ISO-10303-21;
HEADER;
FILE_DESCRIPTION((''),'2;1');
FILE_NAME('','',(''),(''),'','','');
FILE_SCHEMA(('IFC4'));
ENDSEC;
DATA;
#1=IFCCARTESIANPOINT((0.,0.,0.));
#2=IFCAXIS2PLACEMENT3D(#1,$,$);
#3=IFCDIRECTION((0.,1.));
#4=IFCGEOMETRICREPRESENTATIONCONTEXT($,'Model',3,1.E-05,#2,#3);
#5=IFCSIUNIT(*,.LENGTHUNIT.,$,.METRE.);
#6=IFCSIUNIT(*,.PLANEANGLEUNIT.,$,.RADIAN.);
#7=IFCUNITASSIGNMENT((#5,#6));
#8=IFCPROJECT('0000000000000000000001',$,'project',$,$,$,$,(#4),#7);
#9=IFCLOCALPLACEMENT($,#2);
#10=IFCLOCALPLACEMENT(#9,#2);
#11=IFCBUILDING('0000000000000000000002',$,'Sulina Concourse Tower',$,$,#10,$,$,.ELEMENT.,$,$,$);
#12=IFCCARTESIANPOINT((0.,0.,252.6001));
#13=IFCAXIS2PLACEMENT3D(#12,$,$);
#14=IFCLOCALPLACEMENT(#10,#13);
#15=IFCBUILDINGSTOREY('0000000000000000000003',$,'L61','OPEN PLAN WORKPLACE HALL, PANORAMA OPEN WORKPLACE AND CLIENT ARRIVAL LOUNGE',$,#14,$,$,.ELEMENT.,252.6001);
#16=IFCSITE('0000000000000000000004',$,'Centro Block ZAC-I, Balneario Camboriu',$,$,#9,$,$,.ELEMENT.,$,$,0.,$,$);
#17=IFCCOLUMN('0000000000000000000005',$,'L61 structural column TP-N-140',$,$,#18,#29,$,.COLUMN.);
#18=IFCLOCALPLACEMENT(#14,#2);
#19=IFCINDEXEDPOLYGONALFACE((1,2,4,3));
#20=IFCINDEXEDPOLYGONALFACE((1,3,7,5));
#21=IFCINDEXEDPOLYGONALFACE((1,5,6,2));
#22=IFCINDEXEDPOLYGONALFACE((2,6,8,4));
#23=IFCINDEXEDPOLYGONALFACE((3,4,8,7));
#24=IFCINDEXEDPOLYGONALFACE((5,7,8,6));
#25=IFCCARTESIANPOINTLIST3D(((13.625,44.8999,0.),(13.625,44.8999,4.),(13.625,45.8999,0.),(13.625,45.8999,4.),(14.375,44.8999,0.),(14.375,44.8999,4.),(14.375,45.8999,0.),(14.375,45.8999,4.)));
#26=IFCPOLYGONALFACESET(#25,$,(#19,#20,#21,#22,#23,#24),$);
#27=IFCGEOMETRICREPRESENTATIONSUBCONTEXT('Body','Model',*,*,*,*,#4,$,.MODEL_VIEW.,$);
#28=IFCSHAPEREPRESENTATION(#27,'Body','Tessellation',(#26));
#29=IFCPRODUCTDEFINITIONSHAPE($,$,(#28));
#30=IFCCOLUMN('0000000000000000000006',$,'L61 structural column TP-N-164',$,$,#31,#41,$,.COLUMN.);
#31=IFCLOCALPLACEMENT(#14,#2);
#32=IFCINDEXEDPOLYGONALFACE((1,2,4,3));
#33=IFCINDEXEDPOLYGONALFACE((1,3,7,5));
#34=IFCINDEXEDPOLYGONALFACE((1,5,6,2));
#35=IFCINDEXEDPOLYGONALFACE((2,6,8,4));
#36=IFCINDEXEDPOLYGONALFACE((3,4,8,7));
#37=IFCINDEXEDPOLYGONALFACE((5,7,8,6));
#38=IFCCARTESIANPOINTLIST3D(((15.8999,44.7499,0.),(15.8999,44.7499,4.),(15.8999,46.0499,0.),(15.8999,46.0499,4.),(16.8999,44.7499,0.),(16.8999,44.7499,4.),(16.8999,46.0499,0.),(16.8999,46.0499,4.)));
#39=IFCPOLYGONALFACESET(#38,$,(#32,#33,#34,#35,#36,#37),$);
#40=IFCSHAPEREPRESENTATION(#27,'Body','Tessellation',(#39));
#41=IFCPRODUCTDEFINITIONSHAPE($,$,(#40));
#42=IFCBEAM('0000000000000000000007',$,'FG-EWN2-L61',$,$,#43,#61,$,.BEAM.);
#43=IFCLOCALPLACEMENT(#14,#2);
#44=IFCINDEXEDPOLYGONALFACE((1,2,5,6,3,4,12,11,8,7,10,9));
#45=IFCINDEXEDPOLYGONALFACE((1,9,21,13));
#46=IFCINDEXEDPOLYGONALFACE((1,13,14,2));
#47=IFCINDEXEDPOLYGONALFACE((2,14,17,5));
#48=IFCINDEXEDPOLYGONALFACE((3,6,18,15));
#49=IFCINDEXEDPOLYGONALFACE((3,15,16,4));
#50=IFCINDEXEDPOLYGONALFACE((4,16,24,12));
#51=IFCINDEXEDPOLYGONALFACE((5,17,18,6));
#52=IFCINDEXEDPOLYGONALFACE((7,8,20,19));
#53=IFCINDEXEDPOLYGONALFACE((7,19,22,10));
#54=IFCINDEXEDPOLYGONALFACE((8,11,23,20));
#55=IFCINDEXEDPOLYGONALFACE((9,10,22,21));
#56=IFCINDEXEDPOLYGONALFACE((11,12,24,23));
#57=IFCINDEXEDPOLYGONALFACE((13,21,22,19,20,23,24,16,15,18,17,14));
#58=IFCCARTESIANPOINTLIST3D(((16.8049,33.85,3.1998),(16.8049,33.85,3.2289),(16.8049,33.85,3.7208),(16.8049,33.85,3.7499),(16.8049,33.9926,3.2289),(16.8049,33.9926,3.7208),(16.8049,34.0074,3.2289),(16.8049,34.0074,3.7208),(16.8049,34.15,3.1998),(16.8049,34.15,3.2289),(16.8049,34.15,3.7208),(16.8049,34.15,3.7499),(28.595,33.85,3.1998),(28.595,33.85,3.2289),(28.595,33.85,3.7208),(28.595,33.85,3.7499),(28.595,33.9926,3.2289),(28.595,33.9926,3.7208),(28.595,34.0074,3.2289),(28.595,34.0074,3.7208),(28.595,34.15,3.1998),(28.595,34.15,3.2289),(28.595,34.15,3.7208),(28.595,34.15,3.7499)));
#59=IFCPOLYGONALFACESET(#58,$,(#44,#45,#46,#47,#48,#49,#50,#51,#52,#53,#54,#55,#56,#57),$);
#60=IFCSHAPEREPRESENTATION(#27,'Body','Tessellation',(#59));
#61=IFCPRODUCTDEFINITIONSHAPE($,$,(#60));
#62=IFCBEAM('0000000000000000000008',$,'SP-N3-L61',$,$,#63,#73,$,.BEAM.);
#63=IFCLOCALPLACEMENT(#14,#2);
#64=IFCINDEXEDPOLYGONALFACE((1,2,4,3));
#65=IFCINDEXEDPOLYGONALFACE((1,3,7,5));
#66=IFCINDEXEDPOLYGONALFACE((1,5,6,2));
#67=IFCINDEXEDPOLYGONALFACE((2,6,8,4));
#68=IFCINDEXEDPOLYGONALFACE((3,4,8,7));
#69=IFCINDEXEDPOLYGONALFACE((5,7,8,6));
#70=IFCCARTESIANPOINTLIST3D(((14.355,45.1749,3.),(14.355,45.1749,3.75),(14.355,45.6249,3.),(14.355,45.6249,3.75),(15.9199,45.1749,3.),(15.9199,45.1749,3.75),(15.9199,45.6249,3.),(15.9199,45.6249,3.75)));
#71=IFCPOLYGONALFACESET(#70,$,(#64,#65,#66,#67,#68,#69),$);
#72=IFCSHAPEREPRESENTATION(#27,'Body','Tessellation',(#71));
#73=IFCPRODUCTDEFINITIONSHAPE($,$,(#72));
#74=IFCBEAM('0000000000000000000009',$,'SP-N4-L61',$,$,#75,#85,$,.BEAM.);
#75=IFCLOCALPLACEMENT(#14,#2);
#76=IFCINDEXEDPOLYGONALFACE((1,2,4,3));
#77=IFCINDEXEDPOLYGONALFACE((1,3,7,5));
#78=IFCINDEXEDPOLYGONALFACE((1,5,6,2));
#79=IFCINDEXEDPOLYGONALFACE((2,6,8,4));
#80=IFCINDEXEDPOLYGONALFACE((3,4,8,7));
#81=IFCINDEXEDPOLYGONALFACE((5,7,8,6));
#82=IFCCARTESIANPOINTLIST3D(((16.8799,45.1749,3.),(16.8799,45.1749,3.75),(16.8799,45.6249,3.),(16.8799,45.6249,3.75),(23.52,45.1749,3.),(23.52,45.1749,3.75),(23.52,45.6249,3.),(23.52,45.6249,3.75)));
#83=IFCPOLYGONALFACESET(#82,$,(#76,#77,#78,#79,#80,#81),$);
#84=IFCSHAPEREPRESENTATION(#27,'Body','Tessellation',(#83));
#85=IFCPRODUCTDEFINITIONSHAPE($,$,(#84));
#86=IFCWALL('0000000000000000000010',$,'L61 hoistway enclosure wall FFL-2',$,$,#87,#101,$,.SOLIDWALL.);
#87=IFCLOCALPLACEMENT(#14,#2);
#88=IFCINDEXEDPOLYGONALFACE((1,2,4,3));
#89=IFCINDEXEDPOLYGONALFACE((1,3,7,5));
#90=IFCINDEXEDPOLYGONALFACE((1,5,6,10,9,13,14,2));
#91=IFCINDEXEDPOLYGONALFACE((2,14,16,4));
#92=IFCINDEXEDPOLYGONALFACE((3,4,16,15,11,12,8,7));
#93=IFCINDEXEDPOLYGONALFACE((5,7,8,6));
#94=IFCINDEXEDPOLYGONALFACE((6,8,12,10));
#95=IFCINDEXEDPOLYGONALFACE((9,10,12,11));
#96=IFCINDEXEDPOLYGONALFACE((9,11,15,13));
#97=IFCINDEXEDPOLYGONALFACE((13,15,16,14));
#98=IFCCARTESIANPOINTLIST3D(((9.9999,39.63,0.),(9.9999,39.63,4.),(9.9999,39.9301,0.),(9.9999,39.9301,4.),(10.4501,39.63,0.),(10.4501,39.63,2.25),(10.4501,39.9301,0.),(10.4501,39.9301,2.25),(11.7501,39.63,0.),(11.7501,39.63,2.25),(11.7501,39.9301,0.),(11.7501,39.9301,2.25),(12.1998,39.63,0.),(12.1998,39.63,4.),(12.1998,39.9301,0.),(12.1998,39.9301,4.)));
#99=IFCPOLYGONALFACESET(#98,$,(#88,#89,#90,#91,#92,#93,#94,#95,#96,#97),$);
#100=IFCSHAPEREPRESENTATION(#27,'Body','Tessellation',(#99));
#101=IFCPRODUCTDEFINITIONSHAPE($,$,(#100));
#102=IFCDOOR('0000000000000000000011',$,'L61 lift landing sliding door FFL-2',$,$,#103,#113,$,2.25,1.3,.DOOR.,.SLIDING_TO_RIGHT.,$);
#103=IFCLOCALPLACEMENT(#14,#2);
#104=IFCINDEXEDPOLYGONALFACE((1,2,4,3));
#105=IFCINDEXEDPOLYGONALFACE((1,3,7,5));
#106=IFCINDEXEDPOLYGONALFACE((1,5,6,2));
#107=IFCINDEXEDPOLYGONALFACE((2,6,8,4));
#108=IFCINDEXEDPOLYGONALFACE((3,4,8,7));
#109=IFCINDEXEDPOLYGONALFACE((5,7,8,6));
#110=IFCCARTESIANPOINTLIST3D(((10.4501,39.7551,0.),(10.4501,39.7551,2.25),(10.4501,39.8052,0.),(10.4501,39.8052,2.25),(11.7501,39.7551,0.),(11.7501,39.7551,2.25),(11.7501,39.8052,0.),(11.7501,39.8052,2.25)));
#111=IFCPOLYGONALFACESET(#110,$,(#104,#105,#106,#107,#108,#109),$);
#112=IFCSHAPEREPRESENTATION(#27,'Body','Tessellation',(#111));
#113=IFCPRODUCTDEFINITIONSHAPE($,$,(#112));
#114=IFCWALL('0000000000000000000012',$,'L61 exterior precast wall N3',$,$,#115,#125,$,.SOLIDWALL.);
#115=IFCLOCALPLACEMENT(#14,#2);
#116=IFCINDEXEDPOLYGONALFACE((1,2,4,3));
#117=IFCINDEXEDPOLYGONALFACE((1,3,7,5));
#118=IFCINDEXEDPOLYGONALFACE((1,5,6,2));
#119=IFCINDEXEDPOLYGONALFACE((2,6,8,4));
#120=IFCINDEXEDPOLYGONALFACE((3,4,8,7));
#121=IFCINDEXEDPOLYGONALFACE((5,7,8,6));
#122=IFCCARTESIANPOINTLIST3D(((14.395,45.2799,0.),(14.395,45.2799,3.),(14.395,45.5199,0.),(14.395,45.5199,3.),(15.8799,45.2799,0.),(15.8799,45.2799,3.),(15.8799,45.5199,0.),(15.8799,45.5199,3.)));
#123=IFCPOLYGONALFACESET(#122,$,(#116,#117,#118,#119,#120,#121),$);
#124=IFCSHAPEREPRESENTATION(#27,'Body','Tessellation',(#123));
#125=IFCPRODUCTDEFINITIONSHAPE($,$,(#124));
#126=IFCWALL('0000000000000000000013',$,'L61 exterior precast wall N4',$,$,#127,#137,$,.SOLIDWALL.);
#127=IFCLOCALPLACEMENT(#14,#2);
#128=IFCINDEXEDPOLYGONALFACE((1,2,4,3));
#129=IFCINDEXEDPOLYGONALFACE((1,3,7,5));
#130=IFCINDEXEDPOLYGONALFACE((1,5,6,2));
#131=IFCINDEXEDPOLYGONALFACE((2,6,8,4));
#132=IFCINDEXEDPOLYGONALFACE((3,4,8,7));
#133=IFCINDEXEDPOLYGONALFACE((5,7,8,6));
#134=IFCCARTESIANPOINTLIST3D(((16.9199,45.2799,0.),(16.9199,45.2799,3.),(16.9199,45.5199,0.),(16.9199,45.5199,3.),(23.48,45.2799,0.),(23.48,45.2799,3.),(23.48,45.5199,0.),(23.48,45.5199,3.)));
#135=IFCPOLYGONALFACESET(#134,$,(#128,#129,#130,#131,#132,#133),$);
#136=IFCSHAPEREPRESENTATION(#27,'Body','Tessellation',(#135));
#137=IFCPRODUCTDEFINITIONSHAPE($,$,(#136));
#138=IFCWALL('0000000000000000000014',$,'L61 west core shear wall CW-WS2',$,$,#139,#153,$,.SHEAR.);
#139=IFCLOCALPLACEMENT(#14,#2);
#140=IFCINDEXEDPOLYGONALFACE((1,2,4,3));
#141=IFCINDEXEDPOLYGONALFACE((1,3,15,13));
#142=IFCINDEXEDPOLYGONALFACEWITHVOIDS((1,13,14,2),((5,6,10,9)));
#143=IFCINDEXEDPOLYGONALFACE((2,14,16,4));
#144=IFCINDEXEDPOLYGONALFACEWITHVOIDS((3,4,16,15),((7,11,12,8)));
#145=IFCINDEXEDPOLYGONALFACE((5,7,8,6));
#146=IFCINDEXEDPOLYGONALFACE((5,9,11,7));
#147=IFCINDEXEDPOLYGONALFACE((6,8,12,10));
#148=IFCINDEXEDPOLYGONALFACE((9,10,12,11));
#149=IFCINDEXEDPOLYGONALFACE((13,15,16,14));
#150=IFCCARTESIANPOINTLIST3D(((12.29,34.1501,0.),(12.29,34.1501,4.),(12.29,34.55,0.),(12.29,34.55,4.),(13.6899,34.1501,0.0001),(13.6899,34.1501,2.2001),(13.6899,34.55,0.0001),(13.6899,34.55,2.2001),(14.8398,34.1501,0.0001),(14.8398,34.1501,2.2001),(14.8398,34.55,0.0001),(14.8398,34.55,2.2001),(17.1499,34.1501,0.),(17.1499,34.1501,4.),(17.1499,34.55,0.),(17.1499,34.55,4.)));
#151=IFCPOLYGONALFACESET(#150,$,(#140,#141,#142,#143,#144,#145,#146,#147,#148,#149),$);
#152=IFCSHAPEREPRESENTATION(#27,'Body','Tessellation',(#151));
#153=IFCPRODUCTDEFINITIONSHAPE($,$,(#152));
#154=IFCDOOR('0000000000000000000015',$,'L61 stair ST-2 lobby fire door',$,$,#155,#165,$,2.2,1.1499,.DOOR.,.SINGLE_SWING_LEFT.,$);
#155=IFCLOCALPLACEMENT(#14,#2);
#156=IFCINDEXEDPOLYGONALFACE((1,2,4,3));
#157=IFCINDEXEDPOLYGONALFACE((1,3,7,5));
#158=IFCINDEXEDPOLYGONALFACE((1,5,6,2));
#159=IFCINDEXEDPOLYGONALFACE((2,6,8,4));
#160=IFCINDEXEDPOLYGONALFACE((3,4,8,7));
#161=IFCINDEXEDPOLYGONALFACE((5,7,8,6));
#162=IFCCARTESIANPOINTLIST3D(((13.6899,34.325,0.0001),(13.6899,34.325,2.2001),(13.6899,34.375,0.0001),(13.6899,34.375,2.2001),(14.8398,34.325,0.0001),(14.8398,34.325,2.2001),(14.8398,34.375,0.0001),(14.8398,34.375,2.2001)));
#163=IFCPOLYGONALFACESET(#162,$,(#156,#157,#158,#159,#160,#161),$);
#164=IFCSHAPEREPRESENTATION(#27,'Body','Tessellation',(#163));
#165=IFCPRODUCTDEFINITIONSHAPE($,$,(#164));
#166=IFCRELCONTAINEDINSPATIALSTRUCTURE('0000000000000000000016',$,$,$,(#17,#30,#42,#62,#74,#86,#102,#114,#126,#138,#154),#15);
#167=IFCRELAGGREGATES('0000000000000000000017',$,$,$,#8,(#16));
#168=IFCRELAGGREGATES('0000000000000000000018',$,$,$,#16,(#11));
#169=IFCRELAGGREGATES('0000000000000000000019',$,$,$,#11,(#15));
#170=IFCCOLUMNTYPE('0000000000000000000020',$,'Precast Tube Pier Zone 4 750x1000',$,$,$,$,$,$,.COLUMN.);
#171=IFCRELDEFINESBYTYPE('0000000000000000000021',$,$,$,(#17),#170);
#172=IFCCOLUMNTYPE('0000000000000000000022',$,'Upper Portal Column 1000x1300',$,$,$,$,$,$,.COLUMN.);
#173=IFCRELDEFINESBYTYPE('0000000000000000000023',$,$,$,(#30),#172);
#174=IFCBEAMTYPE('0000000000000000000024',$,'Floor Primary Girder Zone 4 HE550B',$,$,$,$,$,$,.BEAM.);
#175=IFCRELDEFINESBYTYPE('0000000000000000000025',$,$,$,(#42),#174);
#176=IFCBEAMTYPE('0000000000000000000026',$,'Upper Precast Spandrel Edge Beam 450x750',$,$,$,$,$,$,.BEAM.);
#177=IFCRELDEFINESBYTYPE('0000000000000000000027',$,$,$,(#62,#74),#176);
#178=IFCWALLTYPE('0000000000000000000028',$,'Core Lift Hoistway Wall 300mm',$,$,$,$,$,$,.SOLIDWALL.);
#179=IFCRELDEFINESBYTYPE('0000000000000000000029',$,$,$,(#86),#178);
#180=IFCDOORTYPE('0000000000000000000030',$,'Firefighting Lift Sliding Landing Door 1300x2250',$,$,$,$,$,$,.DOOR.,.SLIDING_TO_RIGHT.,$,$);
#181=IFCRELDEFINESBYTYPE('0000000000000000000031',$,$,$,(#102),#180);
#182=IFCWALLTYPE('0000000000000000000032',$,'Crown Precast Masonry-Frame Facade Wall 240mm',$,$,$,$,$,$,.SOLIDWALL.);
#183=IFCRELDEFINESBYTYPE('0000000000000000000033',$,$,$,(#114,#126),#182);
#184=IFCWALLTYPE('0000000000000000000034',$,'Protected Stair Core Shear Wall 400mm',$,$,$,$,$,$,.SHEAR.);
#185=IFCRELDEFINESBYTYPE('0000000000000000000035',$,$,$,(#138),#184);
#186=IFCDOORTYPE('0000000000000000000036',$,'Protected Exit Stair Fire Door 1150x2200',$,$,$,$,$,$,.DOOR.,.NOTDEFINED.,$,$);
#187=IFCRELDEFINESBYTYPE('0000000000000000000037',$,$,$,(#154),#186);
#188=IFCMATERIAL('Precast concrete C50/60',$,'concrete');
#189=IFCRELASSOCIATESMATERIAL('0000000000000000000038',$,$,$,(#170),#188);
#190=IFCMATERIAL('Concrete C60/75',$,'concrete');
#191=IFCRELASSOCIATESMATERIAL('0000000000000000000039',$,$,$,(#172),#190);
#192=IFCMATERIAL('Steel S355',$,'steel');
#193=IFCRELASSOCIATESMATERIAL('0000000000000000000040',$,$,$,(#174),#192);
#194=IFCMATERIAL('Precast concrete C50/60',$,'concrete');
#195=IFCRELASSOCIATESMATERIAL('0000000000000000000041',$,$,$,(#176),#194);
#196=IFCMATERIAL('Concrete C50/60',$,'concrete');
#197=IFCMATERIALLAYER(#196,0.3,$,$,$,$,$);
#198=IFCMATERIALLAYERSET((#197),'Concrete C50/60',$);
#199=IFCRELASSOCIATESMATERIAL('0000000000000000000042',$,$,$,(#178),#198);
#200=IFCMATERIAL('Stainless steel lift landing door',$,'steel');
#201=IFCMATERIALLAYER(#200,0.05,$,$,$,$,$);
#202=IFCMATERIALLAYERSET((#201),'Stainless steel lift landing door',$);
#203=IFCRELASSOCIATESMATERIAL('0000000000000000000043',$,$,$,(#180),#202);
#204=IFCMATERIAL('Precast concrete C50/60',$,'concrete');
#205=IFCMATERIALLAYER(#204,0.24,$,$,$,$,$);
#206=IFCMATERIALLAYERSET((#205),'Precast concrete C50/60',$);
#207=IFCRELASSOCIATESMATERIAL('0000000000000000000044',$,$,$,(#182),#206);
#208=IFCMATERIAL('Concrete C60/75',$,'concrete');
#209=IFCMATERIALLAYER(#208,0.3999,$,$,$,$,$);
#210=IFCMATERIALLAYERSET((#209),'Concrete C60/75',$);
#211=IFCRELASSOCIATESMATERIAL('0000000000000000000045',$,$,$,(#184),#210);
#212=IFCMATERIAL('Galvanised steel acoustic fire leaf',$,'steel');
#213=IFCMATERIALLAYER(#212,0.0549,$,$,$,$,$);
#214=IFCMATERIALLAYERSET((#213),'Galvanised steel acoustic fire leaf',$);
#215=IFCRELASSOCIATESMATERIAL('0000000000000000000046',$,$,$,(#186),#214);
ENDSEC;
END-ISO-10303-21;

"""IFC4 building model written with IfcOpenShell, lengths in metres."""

from ifc_helpers import new_model, si_unit, direction, frame, frame_2d, origin, origin_2d, place, context, subcontext, project, spatial, rectangle, i_section, extrude, material, layer, layer_set, material_profile, profile_set, type_object, element, fill, save


model = new_model("IFC4")

# Units and contexts
model_context = context("Model", 3, precision=1e-05, world=origin(), true_north=direction((0.0, 1.0)))
body_context = subcontext(model_context, "Body", "Model", "MODEL_VIEW")
ifc_project = project(units=[si_unit("LENGTHUNIT", "METRE"), si_unit("PLANEANGLEUNIT", "RADIAN")], contexts=[model_context])

# Site, building, storey
site_placement = place(None, origin())
site = spatial("IfcSite", under=ifc_project, at=site_placement, Name="Centro Block ZAC-I, Balneario Camboriu", CompositionType="ELEMENT", RefElevation=0.0)
building_placement = place(site_placement, origin())
building = spatial("IfcBuilding", under=site, at=building_placement, Name="Sulina Concourse Tower", CompositionType="ELEMENT")
storey_placement = place(building_placement, frame((0.0, 0.0, 252.6001)))
storey = spatial("IfcBuildingStorey", under=building, at=storey_placement, Name="L61", Description="OPEN PLAN WORKPLACE HALL, PANORAMA OPEN WORKPLACE AND CLIENT ARRIVAL LOUNGE", CompositionType="ELEMENT", Elevation=252.6001)

# Columns
ifc_material_1 = material(Name="Precast concrete C50/60", Category="concrete")
ifc_material_profile_1 = material_profile(ifc_material_1, rectangle(XDim=0.75, YDim=1.0, at=origin_2d()), Name="PC 750x1000")
ifc_profile_set_1 = profile_set([ifc_material_profile_1], Name="Precast concrete C50/60")
column_type_1 = type_object("IfcColumnType", Name="Precast Tube Pier Zone 4 750x1000", PredefinedType="COLUMN", material=ifc_profile_set_1)
column_1_placement = place(storey_placement, frame((14.0, 45.3999, 0.0), z_axis=(0.0, 0.0, 1.0), x_axis=(1.0, 0.0, 0.0)))
element("IfcColumn", 1, at=column_1_placement, inside=storey, type_object=column_type_1, Name="L61 structural column TP-N-140", PredefinedType="COLUMN", context=body_context, shape_type="SweptSolid", body=[
    extrude(rectangle(XDim=0.75, YDim=1.0, at=origin_2d()), origin(), (0.0, 0.0, 1.0), 4.0),
])
ifc_material_2 = material(Name="Concrete C60/75", Category="concrete")
ifc_material_profile_2 = material_profile(ifc_material_2, rectangle(XDim=1.0, YDim=1.3, at=origin_2d()), Name="RC 1000x1300")
ifc_profile_set_2 = profile_set([ifc_material_profile_2], Name="Concrete C60/75")
column_type_2 = type_object("IfcColumnType", Name="Upper Portal Column 1000x1300", PredefinedType="COLUMN", material=ifc_profile_set_2)
column_2_placement = place(storey_placement, frame((16.3999, 45.3999, 0.0), z_axis=(0.0, 0.0, 1.0), x_axis=(1.0, 0.0, 0.0)))
element("IfcColumn", 2, at=column_2_placement, inside=storey, type_object=column_type_2, Name="L61 structural column TP-N-164", PredefinedType="COLUMN", context=body_context, shape_type="SweptSolid", body=[
    extrude(rectangle(XDim=1.0, YDim=1.3, at=origin_2d()), origin(), (0.0, 0.0, 1.0), 4.0),
])

# Beams
ifc_material_3 = material(Name="Steel S355", Category="steel")
ifc_material_profile_3 = material_profile(ifc_material_3, i_section(OverallWidth=0.3, OverallDepth=0.55, WebThickness=0.0149, FlangeThickness=0.0291, at=origin_2d()), Name="HE 550 B")
ifc_profile_set_3 = profile_set([ifc_material_profile_3], Name="Steel S355")
beam_type_1 = type_object("IfcBeamType", Name="Floor Primary Girder Zone 4 HE550B", PredefinedType="BEAM", material=ifc_profile_set_3)
beam_1_placement = place(storey_placement, frame((16.8049, 34.0, 3.4749), z_axis=(1.0, 0.0, 0.0), x_axis=(0.0, 1.0, 0.0)))
element("IfcBeam", 3, at=beam_1_placement, inside=storey, type_object=beam_type_1, Name="FG-EWN2-L61", PredefinedType="BEAM", context=body_context, shape_type="SweptSolid", body=[
    extrude(i_section(OverallWidth=0.3, OverallDepth=0.55, WebThickness=0.0149, FlangeThickness=0.0291, at=origin_2d()), origin(), (0.0, 0.0, 1.0), 11.79),
])
ifc_material_4 = material(Name="Precast concrete C50/60", Category="concrete")
ifc_material_profile_4 = material_profile(ifc_material_4, rectangle(XDim=0.45, YDim=0.75, at=origin_2d()), Name="RC 450x750")
ifc_profile_set_4 = profile_set([ifc_material_profile_4], Name="Precast concrete C50/60")
beam_type_2 = type_object("IfcBeamType", Name="Upper Precast Spandrel Edge Beam 450x750", PredefinedType="BEAM", material=ifc_profile_set_4)
beam_2_placement = place(storey_placement, frame((14.355, 45.3999, 3.375), z_axis=(1.0, 0.0, 0.0), x_axis=(0.0, 1.0, 0.0)))
element("IfcBeam", 4, at=beam_2_placement, inside=storey, type_object=beam_type_2, Name="SP-N3-L61", PredefinedType="BEAM", context=body_context, shape_type="SweptSolid", body=[
    extrude(rectangle(XDim=0.45, YDim=0.75, at=origin_2d()), origin(), (0.0, 0.0, 1.0), 1.5649),
])
beam_3_placement = place(storey_placement, frame((16.8799, 45.3999, 3.375), z_axis=(1.0, 0.0, 0.0), x_axis=(0.0, 1.0, 0.0)))
element("IfcBeam", 5, at=beam_3_placement, inside=storey, type_object=beam_type_2, Name="SP-N4-L61", PredefinedType="BEAM", context=body_context, shape_type="SweptSolid", body=[
    extrude(rectangle(XDim=0.45, YDim=0.75, at=origin_2d()), origin(), (0.0, 0.0, 1.0), 6.6401),
])

# Wall, opening, door
ifc_material_5 = material(Name="Concrete C50/60", Category="concrete")
ifc_layer_1 = layer(ifc_material_5, 0.3)
ifc_layer_set_1 = layer_set([ifc_layer_1], Name="Concrete C50/60")
wall_type_1 = type_object("IfcWallType", Name="Core Lift Hoistway Wall 300mm", PredefinedType="SOLIDWALL", material=ifc_layer_set_1)
wall_1_placement = place(storey_placement, frame((12.2, 39.78, 0.0), z_axis=(0.0, 0.0, 1.0), x_axis=(-1.0, 0.0, 0.0)))
wall_1 = element("IfcWall", 6, at=wall_1_placement, inside=storey, type_object=wall_type_1, Name="L61 hoistway enclosure wall FFL-2", PredefinedType="SOLIDWALL", context=body_context, shape_type="SweptSolid", body=[
    extrude(rectangle(XDim=2.2, YDim=0.3, at=frame_2d((1.1001, 0.0))), origin(), (0.0, 0.0, 1.0), 4.0),
])
opening_1_placement = place(wall_1_placement, frame((0.45, 0.0, 0.0)))
opening_1 = element("IfcOpeningElement", 7, at=opening_1_placement, cuts=wall_1, PredefinedType="OPENING", context=body_context, shape_type="SweptSolid", body=[
    extrude(rectangle(XDim=1.3, YDim=2.25, at=frame_2d((0.6499, 1.125))), frame((0.0, 0.1599, 0.0), z_axis=(0.0, -1.0, 0.0), x_axis=(1.0, 0.0, 0.0)), (0.0, 0.0, 1.0), 0.3201),
])
ifc_material_6 = material(Name="Stainless steel lift landing door", Category="steel")
ifc_layer_2 = layer(ifc_material_6, 0.05)
ifc_layer_set_2 = layer_set([ifc_layer_2], Name="Stainless steel lift landing door")
door_type_1 = type_object("IfcDoorType", Name="Firefighting Lift Sliding Landing Door 1300x2250", OperationType="SLIDING_TO_RIGHT", PredefinedType="DOOR", material=ifc_layer_set_2)
door_1_placement = place(opening_1_placement, origin())
door_1 = element("IfcDoor", 8, at=door_1_placement, inside=storey, type_object=door_type_1, Name="L61 lift landing sliding door FFL-2", OperationType="SLIDING_TO_RIGHT", OverallHeight=2.25, OverallWidth=1.3, PredefinedType="DOOR", context=body_context, shape_type="SweptSolid", body=[
    extrude(rectangle(XDim=1.3, YDim=2.25, at=frame_2d((0.6499, 1.125))), frame((0.0, 0.0249, 0.0), z_axis=(0.0, -1.0, 0.0), x_axis=(1.0, 0.0, 0.0)), (0.0, 0.0, 1.0), 0.05),
])
fill(opening_1, door_1)

# Walls
ifc_material_7 = material(Name="Precast concrete C50/60", Category="concrete")
ifc_layer_3 = layer(ifc_material_7, 0.24)
ifc_layer_set_3 = layer_set([ifc_layer_3], Name="Precast concrete C50/60")
wall_type_2 = type_object("IfcWallType", Name="Crown Precast Masonry-Frame Facade Wall 240mm", PredefinedType="SOLIDWALL", material=ifc_layer_set_3)
wall_2_placement = place(storey_placement, frame((14.395, 45.3999, 0.0), z_axis=(0.0, 0.0, 1.0), x_axis=(1.0, 0.0, 0.0)))
element("IfcWall", 9, at=wall_2_placement, inside=storey, type_object=wall_type_2, Name="L61 exterior precast wall N3", PredefinedType="SOLIDWALL", context=body_context, shape_type="SweptSolid", body=[
    extrude(rectangle(XDim=1.4849, YDim=0.24, at=frame_2d((0.7424, 0.0))), origin(), (0.0, 0.0, 1.0), 3.0),
])
wall_3_placement = place(storey_placement, frame((16.9199, 45.3999, 0.0), z_axis=(0.0, 0.0, 1.0), x_axis=(1.0, 0.0, 0.0)))
element("IfcWall", 10, at=wall_3_placement, inside=storey, type_object=wall_type_2, Name="L61 exterior precast wall N4", PredefinedType="SOLIDWALL", context=body_context, shape_type="SweptSolid", body=[
    extrude(rectangle(XDim=6.5601, YDim=0.24, at=frame_2d((3.28, 0.0))), origin(), (0.0, 0.0, 1.0), 3.0),
])

# Wall, opening, door
ifc_material_8 = material(Name="Concrete C60/75", Category="concrete")
ifc_layer_4 = layer(ifc_material_8, 0.3999)
ifc_layer_set_4 = layer_set([ifc_layer_4], Name="Concrete C60/75")
wall_type_3 = type_object("IfcWallType", Name="Protected Stair Core Shear Wall 400mm", PredefinedType="SHEAR", material=ifc_layer_set_4)
wall_4_placement = place(storey_placement, frame((12.29, 34.3501, 0.0), z_axis=(0.0, 0.0, 1.0), x_axis=(1.0, 0.0, 0.0)))
wall_4 = element("IfcWall", 11, at=wall_4_placement, inside=storey, type_object=wall_type_3, Name="L61 west core shear wall CW-WS2", PredefinedType="SHEAR", context=body_context, shape_type="SweptSolid", body=[
    extrude(rectangle(XDim=4.8599, YDim=0.3999, at=frame_2d((2.4299, 0.0))), origin(), (0.0, 0.0, 1.0), 4.0),
])
opening_2_placement = place(wall_4_placement, frame((1.3999, 0.0, 0.0)))
opening_2 = element("IfcOpeningElement", 12, at=opening_2_placement, cuts=wall_4, PredefinedType="OPENING", context=body_context, shape_type="SweptSolid", body=[
    extrude(rectangle(XDim=1.1499, YDim=2.2, at=frame_2d((0.575, 1.1001))), frame((0.0, 0.21, 0.0), z_axis=(0.0, -1.0, 0.0), x_axis=(1.0, 0.0, 0.0)), (0.0, 0.0, 1.0), 0.4199),
])
ifc_material_9 = material(Name="Galvanised steel acoustic fire leaf", Category="steel")
ifc_layer_5 = layer(ifc_material_9, 0.0549)
ifc_layer_set_5 = layer_set([ifc_layer_5], Name="Galvanised steel acoustic fire leaf")
door_type_2 = type_object("IfcDoorType", Name="Protected Exit Stair Fire Door 1150x2200", OperationType="NOTDEFINED", PredefinedType="DOOR", material=ifc_layer_set_5)
door_2_placement = place(opening_2_placement, origin())
door_2 = element("IfcDoor", 13, at=door_2_placement, inside=storey, type_object=door_type_2, Name="L61 stair ST-2 lobby fire door", OperationType="SINGLE_SWING_LEFT", OverallHeight=2.2, OverallWidth=1.1499, PredefinedType="DOOR", context=body_context, shape_type="SweptSolid", body=[
    extrude(rectangle(XDim=1.1499, YDim=2.2, at=frame_2d((0.575, 1.1001))), frame((0.0, 0.0249, 0.0), z_axis=(0.0, -1.0, 0.0), x_axis=(1.0, 0.0, 0.0)), (0.0, 0.0, 1.0), 0.05),
])
fill(opening_2, door_2)

save(model, "model.ifc")
